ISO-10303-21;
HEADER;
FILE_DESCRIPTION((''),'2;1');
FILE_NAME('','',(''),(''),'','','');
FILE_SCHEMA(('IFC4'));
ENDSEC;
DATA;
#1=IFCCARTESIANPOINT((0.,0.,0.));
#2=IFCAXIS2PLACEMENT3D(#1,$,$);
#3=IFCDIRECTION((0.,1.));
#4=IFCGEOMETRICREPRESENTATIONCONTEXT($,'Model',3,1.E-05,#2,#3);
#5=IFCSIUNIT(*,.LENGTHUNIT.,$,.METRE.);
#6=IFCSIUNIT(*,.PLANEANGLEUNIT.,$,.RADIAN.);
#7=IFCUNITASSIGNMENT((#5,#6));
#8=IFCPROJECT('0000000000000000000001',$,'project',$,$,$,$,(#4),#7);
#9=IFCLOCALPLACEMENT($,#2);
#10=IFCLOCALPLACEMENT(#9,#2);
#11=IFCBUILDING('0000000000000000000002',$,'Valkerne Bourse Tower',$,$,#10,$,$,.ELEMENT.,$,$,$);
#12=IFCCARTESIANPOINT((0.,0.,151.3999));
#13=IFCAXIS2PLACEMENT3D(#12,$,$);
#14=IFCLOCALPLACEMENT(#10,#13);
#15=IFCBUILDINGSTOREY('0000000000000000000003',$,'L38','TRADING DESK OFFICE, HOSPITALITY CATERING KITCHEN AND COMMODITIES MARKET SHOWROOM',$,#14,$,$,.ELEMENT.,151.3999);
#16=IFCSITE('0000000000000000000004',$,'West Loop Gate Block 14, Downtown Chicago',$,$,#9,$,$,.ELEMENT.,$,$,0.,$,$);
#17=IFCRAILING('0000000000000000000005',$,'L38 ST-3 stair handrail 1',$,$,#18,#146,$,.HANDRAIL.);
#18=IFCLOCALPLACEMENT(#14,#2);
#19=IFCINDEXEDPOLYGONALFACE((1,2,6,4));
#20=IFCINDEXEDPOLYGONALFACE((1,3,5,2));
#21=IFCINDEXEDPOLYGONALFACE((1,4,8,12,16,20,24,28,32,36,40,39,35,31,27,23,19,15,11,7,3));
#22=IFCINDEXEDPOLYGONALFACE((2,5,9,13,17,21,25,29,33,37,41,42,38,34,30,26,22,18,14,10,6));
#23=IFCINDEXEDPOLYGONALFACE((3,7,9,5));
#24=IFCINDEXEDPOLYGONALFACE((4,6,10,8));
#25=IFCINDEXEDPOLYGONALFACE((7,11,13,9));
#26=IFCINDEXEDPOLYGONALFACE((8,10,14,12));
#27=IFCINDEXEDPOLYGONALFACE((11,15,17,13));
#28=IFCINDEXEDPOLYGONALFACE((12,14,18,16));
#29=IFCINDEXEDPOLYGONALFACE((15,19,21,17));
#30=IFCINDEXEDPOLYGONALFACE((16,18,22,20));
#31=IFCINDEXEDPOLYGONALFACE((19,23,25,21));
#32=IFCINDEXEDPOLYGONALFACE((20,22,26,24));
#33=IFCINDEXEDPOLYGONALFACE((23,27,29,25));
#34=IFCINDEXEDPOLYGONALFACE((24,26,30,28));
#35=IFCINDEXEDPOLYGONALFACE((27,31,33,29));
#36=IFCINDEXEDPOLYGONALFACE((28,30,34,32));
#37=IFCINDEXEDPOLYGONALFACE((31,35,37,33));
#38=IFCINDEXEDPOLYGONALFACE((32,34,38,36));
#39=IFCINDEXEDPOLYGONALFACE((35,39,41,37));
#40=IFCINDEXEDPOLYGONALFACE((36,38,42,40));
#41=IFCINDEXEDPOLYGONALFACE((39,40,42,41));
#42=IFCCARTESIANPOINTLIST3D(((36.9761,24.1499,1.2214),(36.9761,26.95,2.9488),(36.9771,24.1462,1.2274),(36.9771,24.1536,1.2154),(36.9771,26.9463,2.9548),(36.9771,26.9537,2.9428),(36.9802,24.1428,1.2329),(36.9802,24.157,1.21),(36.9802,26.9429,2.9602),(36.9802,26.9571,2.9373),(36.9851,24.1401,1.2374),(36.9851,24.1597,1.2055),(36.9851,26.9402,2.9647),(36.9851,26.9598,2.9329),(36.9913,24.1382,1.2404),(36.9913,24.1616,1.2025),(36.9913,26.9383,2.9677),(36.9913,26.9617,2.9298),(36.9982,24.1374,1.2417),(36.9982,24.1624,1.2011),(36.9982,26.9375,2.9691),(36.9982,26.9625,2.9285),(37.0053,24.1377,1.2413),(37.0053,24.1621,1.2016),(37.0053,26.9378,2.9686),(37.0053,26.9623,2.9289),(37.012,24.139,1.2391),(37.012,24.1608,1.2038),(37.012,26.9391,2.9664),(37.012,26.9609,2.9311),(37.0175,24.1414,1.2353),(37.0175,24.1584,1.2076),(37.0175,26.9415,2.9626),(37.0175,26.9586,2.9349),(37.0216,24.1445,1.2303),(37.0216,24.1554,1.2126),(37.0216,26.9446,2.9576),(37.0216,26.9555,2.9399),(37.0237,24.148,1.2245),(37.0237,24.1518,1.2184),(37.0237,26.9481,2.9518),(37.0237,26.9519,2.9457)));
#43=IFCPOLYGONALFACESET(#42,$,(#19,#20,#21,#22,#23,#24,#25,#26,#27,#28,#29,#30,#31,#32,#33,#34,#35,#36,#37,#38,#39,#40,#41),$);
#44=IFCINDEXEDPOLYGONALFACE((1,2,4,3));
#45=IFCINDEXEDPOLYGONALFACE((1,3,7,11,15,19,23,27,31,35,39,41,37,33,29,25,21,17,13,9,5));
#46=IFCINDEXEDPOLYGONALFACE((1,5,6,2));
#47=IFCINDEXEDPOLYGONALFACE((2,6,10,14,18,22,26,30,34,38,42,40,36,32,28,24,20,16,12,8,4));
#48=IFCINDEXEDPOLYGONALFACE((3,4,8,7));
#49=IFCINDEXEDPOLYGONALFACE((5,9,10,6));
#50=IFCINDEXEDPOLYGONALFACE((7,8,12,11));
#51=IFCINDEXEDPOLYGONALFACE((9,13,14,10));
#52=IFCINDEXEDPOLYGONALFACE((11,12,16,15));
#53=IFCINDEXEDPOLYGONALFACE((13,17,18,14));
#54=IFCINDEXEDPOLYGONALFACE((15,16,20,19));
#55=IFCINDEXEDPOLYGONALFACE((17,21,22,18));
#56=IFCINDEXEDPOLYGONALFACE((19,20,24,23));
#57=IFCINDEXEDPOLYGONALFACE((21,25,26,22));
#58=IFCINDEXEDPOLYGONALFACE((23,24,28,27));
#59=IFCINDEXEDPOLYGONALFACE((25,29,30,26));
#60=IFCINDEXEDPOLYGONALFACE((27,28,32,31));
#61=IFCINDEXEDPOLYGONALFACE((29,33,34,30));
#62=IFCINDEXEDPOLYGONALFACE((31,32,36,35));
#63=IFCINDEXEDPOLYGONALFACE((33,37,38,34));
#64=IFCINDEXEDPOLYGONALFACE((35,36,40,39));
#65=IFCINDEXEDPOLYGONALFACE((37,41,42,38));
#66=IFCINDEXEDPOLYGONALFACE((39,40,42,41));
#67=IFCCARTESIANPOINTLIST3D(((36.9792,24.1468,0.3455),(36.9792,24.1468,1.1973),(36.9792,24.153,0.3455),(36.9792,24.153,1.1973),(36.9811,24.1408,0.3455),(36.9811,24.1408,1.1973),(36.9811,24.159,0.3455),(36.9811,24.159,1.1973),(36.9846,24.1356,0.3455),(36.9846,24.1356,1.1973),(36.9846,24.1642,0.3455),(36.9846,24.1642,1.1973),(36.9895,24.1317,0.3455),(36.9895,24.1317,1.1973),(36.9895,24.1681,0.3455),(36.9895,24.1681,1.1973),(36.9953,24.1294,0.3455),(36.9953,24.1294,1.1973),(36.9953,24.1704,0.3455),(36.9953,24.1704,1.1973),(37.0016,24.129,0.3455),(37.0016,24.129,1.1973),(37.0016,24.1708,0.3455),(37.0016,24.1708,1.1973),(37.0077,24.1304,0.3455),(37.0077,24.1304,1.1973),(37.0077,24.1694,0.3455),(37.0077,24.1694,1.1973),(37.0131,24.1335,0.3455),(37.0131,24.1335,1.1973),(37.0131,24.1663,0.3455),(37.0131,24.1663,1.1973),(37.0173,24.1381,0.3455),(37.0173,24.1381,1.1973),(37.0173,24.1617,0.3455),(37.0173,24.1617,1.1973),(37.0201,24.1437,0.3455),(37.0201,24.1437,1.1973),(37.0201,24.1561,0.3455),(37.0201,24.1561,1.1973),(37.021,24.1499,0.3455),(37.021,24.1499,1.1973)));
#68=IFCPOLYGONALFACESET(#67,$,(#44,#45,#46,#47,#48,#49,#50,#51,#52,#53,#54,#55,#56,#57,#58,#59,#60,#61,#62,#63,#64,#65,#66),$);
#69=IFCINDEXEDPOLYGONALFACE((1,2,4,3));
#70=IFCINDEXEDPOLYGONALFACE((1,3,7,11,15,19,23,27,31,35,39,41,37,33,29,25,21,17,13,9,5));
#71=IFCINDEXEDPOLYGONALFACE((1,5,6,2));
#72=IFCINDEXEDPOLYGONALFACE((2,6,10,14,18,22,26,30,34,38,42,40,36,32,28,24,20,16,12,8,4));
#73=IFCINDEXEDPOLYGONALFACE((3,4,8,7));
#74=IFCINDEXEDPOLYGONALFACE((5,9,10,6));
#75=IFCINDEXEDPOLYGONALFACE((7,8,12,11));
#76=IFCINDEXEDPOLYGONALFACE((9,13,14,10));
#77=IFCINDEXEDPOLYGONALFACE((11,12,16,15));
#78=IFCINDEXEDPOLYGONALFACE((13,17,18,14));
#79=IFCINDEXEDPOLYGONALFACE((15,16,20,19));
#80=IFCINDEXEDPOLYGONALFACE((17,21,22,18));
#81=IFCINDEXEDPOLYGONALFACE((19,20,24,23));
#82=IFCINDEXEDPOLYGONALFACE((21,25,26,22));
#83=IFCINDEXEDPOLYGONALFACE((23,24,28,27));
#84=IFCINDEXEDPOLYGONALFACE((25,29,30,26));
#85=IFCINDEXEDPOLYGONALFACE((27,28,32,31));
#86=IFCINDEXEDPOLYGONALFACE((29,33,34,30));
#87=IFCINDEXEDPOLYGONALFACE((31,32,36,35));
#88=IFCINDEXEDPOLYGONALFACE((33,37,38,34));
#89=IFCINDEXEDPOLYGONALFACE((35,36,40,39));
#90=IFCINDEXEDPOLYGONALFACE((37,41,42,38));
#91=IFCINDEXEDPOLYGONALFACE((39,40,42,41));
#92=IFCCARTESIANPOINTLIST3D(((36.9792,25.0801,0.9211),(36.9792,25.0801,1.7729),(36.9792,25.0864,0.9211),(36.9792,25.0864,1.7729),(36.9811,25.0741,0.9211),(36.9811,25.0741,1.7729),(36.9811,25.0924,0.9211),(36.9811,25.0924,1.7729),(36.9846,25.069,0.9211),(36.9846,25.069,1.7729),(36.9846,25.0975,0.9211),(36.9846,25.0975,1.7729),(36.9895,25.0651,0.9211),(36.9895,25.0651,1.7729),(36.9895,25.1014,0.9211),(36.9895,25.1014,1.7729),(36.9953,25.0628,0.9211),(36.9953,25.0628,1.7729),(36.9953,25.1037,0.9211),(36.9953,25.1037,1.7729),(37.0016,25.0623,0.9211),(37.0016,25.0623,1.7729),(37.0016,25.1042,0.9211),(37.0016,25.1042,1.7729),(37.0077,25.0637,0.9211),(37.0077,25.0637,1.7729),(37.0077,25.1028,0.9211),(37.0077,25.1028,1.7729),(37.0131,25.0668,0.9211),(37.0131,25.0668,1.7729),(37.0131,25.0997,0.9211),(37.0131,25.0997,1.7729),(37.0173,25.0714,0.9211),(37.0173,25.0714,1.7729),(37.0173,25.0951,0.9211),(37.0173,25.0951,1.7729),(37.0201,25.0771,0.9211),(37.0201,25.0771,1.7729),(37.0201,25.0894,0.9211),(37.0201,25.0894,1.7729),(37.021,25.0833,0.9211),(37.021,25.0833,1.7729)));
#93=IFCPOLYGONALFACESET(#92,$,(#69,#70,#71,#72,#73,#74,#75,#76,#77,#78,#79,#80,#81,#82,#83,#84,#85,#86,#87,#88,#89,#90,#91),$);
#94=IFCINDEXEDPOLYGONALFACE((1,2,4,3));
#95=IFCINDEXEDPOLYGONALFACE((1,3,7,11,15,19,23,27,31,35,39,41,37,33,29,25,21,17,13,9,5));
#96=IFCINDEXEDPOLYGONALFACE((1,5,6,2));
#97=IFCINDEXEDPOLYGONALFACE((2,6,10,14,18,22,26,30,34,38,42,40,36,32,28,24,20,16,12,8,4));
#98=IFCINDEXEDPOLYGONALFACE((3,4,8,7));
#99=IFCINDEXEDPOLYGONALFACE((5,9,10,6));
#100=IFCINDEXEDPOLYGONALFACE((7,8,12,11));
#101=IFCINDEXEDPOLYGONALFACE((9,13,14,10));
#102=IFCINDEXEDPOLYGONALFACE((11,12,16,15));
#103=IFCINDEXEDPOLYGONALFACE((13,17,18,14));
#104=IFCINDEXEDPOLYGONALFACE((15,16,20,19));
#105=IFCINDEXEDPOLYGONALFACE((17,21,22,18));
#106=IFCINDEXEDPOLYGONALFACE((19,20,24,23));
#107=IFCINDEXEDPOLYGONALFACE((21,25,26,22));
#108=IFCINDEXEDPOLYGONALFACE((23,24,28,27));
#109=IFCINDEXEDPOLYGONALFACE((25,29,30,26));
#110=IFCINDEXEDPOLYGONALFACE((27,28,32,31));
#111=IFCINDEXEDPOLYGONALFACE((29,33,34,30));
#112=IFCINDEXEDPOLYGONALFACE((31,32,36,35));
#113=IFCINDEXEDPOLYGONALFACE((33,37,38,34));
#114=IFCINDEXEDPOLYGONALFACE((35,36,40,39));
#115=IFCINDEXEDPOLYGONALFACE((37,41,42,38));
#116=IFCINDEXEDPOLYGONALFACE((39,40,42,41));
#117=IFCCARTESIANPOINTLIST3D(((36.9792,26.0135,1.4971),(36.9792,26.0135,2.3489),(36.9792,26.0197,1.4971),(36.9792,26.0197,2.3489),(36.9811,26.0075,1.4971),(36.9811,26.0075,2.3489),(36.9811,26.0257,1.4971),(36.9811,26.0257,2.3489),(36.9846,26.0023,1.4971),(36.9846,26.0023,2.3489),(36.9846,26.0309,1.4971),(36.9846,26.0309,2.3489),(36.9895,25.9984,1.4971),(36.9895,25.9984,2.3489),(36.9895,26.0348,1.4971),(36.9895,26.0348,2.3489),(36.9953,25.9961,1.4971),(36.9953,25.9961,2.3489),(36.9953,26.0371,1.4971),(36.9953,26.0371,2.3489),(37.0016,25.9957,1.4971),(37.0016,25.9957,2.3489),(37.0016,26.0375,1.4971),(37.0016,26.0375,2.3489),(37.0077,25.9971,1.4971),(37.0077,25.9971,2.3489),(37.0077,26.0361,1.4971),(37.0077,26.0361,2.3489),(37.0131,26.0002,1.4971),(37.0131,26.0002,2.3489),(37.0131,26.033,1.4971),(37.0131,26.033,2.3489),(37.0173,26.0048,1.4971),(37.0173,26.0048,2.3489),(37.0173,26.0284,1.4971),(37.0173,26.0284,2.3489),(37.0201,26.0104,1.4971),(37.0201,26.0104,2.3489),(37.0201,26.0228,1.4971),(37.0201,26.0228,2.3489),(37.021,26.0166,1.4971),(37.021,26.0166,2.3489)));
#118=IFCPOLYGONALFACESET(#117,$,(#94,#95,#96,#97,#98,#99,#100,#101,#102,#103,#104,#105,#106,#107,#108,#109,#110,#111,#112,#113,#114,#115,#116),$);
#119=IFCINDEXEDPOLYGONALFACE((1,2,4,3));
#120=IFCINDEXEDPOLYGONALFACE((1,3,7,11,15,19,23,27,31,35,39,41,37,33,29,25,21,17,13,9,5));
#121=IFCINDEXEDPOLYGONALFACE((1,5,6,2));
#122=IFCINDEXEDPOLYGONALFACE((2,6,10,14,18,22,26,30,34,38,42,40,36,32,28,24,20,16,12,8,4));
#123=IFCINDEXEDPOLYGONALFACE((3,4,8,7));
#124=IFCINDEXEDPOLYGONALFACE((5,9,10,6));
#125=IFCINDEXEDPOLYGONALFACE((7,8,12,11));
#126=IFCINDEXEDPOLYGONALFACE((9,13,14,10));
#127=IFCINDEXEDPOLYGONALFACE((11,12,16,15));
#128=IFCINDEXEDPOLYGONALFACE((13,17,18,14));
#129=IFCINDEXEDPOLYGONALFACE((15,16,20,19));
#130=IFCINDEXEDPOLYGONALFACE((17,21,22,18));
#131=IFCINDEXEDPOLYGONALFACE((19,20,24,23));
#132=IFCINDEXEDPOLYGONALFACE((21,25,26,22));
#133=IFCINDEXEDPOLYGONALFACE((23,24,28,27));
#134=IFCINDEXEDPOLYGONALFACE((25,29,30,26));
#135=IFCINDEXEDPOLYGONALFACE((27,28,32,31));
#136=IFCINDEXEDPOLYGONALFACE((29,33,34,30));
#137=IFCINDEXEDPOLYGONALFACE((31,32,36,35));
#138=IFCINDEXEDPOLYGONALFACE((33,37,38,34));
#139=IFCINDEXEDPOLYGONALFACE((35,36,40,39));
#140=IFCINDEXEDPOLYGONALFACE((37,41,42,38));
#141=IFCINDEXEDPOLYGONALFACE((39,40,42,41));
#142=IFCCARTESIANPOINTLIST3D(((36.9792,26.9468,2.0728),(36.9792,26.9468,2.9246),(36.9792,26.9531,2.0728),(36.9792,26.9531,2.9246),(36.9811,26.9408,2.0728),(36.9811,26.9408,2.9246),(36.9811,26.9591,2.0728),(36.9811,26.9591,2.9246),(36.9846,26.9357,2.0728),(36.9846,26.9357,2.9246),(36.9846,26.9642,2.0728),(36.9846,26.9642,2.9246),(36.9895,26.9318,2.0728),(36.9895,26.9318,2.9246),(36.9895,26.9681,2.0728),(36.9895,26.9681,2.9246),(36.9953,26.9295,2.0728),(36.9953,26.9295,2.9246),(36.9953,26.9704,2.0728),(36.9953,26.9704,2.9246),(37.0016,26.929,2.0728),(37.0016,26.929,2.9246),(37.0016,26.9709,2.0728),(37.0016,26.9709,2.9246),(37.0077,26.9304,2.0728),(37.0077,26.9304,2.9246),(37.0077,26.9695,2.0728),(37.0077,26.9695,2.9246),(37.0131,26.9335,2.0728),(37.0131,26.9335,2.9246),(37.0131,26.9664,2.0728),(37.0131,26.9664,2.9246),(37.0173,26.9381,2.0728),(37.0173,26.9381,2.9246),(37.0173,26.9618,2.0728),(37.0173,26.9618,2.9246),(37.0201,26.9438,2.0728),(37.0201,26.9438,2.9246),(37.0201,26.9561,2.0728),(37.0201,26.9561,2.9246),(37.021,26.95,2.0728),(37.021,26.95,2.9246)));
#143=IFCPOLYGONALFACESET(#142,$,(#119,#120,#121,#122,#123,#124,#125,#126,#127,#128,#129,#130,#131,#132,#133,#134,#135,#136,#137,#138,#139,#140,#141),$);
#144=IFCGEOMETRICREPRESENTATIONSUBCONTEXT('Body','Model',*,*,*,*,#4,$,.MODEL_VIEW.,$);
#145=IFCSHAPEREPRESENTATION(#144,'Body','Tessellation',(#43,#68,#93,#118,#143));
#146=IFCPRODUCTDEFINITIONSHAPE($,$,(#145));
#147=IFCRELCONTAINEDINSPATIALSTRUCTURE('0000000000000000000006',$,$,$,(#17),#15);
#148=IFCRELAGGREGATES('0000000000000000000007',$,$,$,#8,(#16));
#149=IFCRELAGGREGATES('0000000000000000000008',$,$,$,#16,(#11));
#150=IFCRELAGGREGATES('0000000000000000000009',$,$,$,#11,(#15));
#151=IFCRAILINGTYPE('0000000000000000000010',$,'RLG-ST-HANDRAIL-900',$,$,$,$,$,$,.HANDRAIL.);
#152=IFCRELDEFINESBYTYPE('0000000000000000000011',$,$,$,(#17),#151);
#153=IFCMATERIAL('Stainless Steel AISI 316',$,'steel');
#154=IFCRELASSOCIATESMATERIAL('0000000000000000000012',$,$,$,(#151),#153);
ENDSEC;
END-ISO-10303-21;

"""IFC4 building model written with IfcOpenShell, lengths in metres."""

from ifc_helpers import new_model, si_unit, direction, frame, origin, origin_2d, place, context, subcontext, project, spatial, circle, extrude, material, type_object, element, save


model = new_model("IFC4")

# Units and contexts
model_context = context("Model", 3, precision=1e-05, world=origin(), true_north=direction((0.0, 1.0)))
body_context = subcontext(model_context, "Body", "Model", "MODEL_VIEW")
ifc_project = project(units=[si_unit("LENGTHUNIT", "METRE"), si_unit("PLANEANGLEUNIT", "RADIAN")], contexts=[model_context])

# Site, building, storey
site_placement = place(None, origin())
site = spatial("IfcSite", under=ifc_project, at=site_placement, Name="West Loop Gate Block 14, Downtown Chicago", CompositionType="ELEMENT", RefElevation=0.0)
building_placement = place(site_placement, origin())
building = spatial("IfcBuilding", under=site, at=building_placement, Name="Valkerne Bourse Tower", CompositionType="ELEMENT")
storey_placement = place(building_placement, frame((0.0, 0.0, 151.3999)))
storey = spatial("IfcBuildingStorey", under=building, at=storey_placement, Name="L38", Description="TRADING DESK OFFICE, HOSPITALITY CATERING KITCHEN AND COMMODITIES MARKET SHOWROOM", CompositionType="ELEMENT", Elevation=151.3999)

# Railing
ifc_material_1 = material(Name="Stainless Steel AISI 316", Category="steel")
railing_type_1 = type_object("IfcRailingType", Name="RLG-ST-HANDRAIL-900", PredefinedType="HANDRAIL", material=ifc_material_1)
railing_1_placement = place(storey_placement, frame((37.0, 24.1499, 0.3455)))
element("IfcRailing", 1, at=railing_1_placement, inside=storey, type_object=railing_type_1, Name="L38 ST-3 stair handrail 1", PredefinedType="HANDRAIL", context=body_context, shape_type="SweptSolid", body=[
    extrude(circle(Radius=0.0239, at=origin_2d()), frame((0.0, 0.0, 0.876), z_axis=(0.0, 0.85109, 0.52502), x_axis=(-1.0, 0.0, 0.0)), (0.0, 0.0, 1.0), 3.29),
    extrude(circle(Radius=0.021, at=origin_2d()), origin(), (0.0, 0.0, 1.0), 0.8518),
    extrude(circle(Radius=0.021, at=origin_2d()), frame((0.0, 0.9333, 0.5757)), (0.0, 0.0, 1.0), 0.8518),
    extrude(circle(Radius=0.021, at=origin_2d()), frame((0.0, 1.8667, 1.1516)), (0.0, 0.0, 1.0), 0.8518),
    extrude(circle(Radius=0.021, at=origin_2d()), frame((0.0, 2.8, 1.7273)), (0.0, 0.0, 1.0), 0.8518),
])

save(model, "model.ifc")
